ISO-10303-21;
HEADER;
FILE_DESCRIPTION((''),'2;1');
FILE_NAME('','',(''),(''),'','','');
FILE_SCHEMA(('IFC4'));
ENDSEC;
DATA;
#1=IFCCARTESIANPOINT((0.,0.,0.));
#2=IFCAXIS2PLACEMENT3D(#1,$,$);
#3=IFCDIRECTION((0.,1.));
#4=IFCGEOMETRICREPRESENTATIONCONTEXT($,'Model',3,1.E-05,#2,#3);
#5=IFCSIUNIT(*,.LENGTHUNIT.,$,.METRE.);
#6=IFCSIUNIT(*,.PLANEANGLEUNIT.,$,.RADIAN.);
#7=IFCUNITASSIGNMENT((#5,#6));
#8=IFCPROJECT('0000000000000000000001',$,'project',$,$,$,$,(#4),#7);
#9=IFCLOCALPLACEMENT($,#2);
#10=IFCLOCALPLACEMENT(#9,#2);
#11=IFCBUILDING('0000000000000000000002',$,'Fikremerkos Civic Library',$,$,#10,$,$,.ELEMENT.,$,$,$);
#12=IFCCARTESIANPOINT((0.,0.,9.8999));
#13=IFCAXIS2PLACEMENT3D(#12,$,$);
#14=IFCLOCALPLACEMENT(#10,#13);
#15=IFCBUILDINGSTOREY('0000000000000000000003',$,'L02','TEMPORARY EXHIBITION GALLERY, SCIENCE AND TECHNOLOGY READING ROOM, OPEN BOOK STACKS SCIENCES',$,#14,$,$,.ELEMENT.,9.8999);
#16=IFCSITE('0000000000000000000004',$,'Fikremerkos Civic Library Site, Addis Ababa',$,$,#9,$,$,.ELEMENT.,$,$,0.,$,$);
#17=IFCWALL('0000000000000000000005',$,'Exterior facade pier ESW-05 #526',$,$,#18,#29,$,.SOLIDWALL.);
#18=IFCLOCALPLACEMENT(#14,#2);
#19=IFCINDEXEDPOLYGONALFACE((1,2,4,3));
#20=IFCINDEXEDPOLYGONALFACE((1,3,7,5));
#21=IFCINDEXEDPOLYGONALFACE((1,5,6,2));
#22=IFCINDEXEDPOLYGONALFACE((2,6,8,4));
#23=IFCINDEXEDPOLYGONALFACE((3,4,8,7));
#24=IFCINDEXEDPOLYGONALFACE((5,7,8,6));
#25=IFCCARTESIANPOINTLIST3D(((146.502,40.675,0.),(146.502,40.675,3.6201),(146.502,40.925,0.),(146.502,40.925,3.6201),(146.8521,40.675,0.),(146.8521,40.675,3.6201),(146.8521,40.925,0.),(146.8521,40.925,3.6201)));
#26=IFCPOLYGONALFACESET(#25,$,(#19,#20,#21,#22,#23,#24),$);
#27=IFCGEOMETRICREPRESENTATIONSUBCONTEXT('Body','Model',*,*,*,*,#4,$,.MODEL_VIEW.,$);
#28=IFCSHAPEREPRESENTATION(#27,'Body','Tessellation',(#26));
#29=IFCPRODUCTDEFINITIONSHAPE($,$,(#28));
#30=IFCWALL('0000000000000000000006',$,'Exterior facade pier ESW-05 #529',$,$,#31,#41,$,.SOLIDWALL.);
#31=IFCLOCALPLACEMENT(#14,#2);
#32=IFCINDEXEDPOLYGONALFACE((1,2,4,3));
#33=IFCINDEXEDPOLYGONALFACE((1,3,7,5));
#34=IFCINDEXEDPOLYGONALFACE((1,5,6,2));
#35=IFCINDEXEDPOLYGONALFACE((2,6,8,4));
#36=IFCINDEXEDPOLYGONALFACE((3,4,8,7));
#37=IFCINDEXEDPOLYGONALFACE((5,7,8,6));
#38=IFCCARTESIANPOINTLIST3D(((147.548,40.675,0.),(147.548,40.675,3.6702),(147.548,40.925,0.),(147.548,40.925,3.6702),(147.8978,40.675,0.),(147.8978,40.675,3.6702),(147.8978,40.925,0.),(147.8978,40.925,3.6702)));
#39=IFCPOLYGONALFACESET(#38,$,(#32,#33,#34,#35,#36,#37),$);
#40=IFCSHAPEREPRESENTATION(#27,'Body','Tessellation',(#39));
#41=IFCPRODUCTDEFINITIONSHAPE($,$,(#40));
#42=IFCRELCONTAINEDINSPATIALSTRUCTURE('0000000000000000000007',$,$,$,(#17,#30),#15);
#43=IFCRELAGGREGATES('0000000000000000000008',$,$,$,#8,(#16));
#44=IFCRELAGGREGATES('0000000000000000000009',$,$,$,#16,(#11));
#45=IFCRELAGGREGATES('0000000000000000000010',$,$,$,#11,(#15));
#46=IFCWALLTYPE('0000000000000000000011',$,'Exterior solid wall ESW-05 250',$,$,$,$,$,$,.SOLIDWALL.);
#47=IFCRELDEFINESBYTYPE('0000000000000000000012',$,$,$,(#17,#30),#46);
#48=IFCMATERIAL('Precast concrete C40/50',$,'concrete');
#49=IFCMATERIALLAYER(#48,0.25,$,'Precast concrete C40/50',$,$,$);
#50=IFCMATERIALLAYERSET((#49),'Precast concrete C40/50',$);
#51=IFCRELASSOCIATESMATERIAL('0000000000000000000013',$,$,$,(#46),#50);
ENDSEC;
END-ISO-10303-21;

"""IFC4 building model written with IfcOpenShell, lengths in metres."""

from ifc_helpers import new_model, si_unit, direction, frame, frame_2d, origin, place, context, subcontext, project, spatial, rectangle, extrude, material, layer, layer_set, type_object, element, save


model = new_model("IFC4")

# Units and contexts
model_context = context("Model", 3, precision=1e-05, world=origin(), true_north=direction((0.0, 1.0)))
body_context = subcontext(model_context, "Body", "Model", "MODEL_VIEW")
ifc_project = project(units=[si_unit("LENGTHUNIT", "METRE"), si_unit("PLANEANGLEUNIT", "RADIAN")], contexts=[model_context])

# Site, building, storey
site_placement = place(None, origin())
site = spatial("IfcSite", under=ifc_project, at=site_placement, Name="Fikremerkos Civic Library Site, Addis Ababa", CompositionType="ELEMENT", RefElevation=0.0)
building_placement = place(site_placement, origin())
building = spatial("IfcBuilding", under=site, at=building_placement, Name="Fikremerkos Civic Library", CompositionType="ELEMENT")
storey_placement = place(building_placement, frame((0.0, 0.0, 9.8999)))
storey = spatial("IfcBuildingStorey", under=building, at=storey_placement, Name="L02", Description="TEMPORARY EXHIBITION GALLERY, SCIENCE AND TECHNOLOGY READING ROOM, OPEN BOOK STACKS SCIENCES", CompositionType="ELEMENT", Elevation=9.8999)

# Walls
ifc_material_1 = material(Name="Precast concrete C40/50", Category="concrete")
ifc_layer_1 = layer(ifc_material_1, 0.25, Name="Precast concrete C40/50")
ifc_layer_set_1 = layer_set([ifc_layer_1], Name="Precast concrete C40/50")
wall_type = type_object("IfcWallType", Name="Exterior solid wall ESW-05 250", PredefinedType="SOLIDWALL", material=ifc_layer_set_1)
wall_1_placement = place(storey_placement, frame((146.502, 40.8, 0.0), z_axis=(0.0, 0.0, 1.0), x_axis=(1.0, 0.0, 0.0)))
element("IfcWall", 1, at=wall_1_placement, inside=storey, type_object=wall_type, Name="Exterior facade pier ESW-05 #526", PredefinedType="SOLIDWALL", context=body_context, shape_type="SweptSolid", body=[
    extrude(rectangle(XDim=0.3501, YDim=0.25, at=frame_2d((0.175, 0.0))), origin(), (0.0, 0.0, 1.0), 3.6201),
])
wall_2_placement = place(storey_placement, frame((147.5481, 40.8, 0.0), z_axis=(0.0, 0.0, 1.0), x_axis=(1.0, 0.0, 0.0)))
element("IfcWall", 2, at=wall_2_placement, inside=storey, type_object=wall_type, Name="Exterior facade pier ESW-05 #529", PredefinedType="SOLIDWALL", context=body_context, shape_type="SweptSolid", body=[
    extrude(rectangle(XDim=0.3499, YDim=0.25, at=frame_2d((0.1748, 0.0))), origin(), (0.0, 0.0, 1.0), 3.6702),
])

save(model, "model.ifc")
